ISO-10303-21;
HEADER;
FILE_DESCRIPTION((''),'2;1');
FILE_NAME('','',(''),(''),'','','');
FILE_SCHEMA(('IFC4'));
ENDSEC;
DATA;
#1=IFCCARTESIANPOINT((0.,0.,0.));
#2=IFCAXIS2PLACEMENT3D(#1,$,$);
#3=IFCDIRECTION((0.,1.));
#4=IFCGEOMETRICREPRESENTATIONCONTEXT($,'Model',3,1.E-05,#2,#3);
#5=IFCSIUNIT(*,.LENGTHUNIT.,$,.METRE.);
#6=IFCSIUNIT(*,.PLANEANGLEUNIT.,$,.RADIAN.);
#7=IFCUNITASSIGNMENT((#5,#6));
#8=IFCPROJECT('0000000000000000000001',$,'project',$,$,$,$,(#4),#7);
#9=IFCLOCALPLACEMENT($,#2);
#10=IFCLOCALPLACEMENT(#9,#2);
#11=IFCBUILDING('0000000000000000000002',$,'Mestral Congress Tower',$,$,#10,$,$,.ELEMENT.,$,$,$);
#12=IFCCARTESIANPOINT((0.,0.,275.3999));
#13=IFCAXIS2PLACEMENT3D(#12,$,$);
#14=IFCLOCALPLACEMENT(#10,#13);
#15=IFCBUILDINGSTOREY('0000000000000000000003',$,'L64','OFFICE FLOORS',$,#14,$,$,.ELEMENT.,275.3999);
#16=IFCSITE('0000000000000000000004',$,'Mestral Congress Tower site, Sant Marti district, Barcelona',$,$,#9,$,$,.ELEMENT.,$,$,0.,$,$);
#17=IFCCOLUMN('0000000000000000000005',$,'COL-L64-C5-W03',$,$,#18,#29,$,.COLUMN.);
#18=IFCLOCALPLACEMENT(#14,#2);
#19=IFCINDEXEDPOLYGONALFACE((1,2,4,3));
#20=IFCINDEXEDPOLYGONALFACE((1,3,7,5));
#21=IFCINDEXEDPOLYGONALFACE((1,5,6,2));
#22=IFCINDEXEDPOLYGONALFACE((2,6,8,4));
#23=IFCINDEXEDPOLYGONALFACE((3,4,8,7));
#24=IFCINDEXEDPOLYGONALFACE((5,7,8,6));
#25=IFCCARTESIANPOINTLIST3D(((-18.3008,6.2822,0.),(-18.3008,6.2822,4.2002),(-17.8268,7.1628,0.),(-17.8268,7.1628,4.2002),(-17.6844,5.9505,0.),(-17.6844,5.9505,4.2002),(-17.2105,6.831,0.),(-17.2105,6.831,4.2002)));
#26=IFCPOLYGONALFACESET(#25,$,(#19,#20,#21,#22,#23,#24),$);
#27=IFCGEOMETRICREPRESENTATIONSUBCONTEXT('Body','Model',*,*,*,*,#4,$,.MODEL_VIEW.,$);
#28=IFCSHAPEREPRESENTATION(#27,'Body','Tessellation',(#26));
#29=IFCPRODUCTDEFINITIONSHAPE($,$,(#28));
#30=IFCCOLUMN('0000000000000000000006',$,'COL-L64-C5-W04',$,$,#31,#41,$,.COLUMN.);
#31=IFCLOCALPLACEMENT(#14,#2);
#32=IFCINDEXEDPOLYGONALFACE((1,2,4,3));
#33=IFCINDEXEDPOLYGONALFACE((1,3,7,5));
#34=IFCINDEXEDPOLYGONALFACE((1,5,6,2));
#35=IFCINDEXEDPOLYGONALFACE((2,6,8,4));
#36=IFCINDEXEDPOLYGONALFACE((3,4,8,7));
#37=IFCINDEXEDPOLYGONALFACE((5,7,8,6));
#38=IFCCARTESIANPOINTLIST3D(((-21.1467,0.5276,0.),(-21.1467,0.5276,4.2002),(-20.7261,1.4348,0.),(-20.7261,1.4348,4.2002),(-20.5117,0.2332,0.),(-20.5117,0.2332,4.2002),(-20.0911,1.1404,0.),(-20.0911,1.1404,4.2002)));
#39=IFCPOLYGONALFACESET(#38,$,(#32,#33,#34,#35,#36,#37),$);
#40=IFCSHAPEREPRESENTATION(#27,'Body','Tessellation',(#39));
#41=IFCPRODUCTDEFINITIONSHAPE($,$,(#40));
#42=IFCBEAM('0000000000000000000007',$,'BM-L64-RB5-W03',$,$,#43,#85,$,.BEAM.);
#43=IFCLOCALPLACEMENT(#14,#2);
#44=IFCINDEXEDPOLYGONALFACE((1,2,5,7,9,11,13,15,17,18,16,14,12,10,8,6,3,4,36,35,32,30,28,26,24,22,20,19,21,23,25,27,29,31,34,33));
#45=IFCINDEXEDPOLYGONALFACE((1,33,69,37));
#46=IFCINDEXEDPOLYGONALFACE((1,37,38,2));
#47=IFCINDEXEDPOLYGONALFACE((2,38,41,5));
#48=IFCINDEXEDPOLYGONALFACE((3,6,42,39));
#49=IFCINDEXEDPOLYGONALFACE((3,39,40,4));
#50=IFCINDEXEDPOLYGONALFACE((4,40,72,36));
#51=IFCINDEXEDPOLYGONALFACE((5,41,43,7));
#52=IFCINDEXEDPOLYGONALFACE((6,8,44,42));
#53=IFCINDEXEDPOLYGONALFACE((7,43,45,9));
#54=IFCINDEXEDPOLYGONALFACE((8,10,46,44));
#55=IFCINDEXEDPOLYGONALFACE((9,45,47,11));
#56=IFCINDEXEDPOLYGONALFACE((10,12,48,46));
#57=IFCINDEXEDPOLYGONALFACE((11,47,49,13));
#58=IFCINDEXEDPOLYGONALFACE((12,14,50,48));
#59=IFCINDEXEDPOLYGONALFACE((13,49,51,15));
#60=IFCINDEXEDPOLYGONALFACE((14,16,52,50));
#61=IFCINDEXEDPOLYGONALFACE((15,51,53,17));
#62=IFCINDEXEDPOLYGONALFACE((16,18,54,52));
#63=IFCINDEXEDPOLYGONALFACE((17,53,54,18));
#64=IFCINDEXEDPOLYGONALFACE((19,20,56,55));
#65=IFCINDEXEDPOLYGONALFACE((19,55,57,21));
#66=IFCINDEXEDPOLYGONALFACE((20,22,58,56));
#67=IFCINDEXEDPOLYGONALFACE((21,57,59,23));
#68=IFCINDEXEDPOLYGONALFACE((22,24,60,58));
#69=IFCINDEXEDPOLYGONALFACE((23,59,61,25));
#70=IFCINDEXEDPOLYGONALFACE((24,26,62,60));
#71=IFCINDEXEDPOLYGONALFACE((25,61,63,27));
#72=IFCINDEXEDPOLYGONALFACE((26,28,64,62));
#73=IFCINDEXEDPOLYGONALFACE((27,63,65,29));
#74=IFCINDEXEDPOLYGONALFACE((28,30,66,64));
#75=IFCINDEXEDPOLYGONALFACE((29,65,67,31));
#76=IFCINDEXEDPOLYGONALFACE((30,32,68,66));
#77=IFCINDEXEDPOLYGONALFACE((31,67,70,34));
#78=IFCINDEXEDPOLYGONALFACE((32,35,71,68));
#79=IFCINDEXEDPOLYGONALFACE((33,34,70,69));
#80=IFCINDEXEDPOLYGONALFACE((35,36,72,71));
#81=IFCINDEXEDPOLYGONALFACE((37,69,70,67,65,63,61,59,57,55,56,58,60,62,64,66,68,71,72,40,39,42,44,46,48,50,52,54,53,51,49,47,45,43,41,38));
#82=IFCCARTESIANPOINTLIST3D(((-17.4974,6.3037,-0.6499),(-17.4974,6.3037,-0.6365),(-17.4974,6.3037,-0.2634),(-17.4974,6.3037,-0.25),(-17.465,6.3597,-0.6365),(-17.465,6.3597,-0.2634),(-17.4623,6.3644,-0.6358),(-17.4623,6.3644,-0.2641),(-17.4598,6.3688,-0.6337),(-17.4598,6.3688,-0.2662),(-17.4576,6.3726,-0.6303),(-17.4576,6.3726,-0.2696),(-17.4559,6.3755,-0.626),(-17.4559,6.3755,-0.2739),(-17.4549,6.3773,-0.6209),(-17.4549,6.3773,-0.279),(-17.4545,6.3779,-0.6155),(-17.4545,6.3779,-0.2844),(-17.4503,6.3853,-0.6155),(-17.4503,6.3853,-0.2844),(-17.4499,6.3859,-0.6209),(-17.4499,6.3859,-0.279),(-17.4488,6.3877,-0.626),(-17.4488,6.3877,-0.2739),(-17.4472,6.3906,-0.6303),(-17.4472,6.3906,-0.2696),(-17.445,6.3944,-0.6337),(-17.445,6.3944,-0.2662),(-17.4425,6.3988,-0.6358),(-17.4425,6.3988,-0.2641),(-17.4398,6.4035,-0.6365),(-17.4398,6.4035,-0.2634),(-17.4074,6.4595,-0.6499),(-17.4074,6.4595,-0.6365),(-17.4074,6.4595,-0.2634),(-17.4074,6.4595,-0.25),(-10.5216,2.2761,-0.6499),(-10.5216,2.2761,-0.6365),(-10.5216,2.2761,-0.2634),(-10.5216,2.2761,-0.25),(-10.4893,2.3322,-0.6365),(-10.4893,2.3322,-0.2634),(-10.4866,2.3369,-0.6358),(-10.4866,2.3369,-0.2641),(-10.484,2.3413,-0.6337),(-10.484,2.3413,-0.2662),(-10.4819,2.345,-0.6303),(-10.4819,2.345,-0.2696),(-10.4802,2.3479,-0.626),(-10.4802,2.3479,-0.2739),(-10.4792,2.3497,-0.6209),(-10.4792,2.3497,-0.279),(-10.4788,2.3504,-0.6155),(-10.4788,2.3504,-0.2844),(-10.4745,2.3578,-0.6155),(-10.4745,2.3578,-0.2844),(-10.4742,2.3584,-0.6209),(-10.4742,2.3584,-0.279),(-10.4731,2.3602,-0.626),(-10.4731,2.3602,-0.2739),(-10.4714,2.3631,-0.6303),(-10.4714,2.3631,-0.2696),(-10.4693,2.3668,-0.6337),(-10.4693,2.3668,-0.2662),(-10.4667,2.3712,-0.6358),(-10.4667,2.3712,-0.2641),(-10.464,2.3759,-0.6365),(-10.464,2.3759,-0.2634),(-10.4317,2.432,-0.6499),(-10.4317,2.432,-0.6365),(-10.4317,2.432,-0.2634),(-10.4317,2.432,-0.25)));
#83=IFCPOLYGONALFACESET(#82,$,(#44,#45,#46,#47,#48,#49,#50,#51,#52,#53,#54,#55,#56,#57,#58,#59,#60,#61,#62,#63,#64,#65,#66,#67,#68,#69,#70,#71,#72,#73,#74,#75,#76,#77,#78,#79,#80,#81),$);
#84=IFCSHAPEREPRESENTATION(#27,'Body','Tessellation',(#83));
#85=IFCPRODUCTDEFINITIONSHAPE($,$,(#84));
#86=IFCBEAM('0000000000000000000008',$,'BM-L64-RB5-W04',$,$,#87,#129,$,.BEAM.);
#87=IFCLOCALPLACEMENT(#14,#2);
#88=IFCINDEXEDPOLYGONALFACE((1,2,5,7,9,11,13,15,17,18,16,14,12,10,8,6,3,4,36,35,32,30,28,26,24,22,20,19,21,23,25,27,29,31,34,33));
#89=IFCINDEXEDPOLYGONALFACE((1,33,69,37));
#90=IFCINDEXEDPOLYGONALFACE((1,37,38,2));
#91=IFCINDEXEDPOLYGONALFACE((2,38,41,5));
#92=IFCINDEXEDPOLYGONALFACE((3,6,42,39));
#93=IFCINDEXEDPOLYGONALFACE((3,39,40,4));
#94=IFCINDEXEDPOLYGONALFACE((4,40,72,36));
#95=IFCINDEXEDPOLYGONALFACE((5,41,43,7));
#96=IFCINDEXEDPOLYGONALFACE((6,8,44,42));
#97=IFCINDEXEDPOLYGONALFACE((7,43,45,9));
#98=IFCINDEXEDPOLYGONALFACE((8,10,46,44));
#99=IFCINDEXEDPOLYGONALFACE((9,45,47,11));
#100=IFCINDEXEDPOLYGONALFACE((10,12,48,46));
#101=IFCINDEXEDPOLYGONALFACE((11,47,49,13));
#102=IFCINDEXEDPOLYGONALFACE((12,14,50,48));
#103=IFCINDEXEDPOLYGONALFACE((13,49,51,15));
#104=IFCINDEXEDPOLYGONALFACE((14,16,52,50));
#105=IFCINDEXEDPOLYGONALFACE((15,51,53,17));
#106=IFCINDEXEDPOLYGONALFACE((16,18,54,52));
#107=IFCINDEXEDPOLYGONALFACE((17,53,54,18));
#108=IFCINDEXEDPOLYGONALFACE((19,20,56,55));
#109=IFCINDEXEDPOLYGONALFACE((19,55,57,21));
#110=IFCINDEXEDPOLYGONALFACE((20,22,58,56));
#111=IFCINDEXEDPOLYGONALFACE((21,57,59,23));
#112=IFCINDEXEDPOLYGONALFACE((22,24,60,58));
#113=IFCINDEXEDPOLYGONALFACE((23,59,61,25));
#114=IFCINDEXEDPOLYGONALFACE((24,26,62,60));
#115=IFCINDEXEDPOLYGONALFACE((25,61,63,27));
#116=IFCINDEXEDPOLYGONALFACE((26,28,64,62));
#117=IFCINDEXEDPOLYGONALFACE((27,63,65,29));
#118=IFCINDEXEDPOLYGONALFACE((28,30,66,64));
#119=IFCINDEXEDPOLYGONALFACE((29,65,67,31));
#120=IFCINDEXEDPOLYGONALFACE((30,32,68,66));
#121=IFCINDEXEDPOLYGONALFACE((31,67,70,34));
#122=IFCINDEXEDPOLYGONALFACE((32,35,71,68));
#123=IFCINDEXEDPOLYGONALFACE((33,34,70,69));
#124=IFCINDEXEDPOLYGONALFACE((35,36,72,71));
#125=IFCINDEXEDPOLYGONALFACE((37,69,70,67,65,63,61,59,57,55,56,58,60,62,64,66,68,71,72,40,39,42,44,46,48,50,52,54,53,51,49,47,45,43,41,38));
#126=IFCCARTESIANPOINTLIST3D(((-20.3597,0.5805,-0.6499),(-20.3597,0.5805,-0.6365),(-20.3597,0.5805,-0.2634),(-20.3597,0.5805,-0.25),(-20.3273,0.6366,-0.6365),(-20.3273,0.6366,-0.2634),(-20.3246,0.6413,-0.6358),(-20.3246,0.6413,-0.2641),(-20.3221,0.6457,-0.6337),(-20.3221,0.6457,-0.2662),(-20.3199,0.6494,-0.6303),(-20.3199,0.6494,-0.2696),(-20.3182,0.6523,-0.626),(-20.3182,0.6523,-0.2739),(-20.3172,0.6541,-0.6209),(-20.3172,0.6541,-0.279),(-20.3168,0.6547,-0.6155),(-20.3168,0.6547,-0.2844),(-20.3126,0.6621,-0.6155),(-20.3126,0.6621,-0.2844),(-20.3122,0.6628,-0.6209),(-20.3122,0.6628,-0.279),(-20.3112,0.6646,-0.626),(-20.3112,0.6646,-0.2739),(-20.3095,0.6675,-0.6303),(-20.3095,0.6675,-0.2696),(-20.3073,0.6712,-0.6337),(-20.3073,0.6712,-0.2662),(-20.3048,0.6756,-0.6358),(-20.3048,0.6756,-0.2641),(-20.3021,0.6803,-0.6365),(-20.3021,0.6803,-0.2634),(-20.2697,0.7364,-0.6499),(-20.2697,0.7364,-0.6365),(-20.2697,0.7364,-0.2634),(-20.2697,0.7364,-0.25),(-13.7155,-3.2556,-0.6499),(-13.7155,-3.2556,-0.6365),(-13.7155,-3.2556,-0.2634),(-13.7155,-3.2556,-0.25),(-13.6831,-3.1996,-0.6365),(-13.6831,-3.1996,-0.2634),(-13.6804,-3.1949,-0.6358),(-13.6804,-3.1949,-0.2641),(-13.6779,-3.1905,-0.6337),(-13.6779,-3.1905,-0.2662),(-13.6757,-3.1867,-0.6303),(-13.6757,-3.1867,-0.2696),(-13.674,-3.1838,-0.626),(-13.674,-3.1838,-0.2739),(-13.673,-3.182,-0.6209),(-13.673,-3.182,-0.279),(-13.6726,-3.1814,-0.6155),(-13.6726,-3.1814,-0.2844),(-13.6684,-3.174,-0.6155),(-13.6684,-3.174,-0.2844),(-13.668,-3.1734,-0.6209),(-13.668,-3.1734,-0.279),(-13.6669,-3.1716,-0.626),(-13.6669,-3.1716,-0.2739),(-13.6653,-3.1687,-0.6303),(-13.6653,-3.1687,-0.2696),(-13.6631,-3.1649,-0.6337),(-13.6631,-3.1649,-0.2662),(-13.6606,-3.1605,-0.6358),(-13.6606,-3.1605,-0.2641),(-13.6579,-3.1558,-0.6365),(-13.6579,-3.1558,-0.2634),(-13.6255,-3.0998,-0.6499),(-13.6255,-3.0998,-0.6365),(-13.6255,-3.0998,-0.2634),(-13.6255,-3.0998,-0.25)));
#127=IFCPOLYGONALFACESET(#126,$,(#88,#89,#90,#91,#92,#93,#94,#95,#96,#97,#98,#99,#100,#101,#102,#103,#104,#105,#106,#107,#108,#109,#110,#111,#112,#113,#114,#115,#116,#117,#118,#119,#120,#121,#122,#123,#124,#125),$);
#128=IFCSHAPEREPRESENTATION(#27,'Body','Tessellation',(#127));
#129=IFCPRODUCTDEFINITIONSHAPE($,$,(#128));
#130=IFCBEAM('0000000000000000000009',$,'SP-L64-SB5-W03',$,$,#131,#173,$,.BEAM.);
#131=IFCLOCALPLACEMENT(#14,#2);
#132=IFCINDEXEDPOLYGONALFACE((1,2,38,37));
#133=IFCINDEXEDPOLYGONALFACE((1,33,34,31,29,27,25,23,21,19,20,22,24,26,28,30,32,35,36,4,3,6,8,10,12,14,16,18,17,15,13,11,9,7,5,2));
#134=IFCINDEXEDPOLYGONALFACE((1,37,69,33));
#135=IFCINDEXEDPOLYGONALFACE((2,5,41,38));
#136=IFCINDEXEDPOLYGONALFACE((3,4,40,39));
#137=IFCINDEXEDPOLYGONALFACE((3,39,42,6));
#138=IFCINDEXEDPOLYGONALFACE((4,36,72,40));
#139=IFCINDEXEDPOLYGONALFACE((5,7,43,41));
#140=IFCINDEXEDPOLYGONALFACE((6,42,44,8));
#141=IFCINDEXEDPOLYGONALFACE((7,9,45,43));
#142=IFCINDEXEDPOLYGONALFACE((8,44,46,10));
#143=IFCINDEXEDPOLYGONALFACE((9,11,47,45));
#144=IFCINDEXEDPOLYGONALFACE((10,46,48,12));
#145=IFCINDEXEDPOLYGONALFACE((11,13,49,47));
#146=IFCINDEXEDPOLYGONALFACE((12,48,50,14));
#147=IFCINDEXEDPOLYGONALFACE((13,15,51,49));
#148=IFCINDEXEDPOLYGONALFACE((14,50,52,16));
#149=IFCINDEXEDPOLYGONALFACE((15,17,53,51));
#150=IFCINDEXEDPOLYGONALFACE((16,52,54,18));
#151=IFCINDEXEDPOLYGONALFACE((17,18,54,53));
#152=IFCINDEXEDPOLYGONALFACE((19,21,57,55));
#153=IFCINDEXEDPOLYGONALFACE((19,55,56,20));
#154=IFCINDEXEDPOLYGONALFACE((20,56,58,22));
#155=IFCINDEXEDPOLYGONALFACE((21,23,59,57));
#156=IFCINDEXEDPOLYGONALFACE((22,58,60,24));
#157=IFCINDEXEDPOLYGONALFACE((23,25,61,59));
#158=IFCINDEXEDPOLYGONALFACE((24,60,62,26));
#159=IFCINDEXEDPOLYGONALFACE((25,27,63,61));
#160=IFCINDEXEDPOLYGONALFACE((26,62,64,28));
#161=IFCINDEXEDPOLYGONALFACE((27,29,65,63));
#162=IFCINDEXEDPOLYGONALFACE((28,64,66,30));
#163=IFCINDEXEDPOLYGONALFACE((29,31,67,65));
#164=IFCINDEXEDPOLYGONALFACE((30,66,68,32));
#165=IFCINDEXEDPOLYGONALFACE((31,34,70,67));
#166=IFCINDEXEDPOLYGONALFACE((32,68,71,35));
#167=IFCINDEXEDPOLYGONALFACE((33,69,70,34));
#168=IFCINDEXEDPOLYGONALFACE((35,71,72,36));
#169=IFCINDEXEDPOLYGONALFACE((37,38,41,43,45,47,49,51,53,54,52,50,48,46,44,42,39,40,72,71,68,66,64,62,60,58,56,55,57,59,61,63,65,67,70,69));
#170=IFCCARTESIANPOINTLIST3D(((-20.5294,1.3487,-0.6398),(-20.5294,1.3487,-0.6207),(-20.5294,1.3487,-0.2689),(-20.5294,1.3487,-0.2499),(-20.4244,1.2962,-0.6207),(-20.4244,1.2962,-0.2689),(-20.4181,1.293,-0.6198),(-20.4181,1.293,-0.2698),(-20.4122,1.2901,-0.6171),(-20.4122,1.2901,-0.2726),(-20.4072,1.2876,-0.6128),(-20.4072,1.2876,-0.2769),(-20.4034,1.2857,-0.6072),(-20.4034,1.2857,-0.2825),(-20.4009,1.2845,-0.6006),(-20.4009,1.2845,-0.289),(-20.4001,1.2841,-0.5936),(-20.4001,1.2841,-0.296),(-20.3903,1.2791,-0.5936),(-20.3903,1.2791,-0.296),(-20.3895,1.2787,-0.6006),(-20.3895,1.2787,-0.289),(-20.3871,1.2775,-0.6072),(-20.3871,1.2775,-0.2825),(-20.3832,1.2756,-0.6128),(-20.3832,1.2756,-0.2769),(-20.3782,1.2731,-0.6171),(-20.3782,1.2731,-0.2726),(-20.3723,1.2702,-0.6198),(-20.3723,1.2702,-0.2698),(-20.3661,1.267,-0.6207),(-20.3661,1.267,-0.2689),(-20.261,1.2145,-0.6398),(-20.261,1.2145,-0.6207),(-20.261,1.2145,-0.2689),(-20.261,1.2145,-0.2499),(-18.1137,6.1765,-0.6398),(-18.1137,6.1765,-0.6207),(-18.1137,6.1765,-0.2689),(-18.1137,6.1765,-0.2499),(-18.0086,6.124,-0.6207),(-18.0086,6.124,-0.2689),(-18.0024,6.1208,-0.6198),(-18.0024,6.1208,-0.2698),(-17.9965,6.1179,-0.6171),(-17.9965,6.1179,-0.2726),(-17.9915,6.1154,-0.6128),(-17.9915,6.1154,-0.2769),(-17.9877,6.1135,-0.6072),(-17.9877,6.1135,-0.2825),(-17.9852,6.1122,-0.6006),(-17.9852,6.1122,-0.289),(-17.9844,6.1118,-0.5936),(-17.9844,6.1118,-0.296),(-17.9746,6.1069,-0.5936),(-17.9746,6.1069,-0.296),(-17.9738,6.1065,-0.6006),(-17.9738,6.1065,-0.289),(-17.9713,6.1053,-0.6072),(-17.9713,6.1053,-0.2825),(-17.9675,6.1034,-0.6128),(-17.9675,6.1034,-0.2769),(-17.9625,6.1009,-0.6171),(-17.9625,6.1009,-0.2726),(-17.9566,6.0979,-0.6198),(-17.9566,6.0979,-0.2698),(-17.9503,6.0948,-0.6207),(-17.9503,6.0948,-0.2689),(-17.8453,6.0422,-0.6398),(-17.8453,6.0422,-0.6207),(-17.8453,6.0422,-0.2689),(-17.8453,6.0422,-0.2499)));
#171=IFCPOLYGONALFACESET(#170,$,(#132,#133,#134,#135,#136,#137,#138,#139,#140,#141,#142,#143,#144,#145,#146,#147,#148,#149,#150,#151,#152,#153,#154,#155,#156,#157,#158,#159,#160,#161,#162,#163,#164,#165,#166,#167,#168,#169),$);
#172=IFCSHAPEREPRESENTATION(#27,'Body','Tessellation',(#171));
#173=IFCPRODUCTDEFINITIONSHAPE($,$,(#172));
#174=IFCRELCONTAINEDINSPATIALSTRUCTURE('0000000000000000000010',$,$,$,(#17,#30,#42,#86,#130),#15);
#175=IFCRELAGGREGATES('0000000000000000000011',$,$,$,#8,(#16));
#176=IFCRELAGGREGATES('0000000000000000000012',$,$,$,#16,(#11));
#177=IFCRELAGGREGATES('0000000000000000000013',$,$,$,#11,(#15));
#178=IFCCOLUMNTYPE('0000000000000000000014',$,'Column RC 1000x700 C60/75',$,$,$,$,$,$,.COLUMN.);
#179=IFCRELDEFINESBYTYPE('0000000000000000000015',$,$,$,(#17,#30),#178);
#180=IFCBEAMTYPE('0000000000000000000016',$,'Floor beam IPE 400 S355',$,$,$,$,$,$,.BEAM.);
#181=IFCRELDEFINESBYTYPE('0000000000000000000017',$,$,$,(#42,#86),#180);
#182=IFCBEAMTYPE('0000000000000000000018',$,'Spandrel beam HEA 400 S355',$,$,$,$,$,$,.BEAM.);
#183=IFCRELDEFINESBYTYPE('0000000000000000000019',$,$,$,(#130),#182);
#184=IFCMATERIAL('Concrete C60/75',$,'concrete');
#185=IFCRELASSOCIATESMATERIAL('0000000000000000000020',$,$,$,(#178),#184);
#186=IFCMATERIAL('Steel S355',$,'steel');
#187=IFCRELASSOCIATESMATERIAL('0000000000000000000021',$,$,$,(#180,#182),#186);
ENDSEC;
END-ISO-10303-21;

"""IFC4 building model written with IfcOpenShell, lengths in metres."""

from ifc_helpers import new_model, si_unit, direction, frame, origin, origin_2d, place, context, subcontext, project, spatial, rectangle, i_section, extrude, material, material_profile, profile_set, type_object, element, save


model = new_model("IFC4")

# Units and contexts
model_context = context("Model", 3, precision=1e-05, world=origin(), true_north=direction((0.0, 1.0)))
body_context = subcontext(model_context, "Body", "Model", "MODEL_VIEW")
ifc_project = project(units=[si_unit("LENGTHUNIT", "METRE"), si_unit("PLANEANGLEUNIT", "RADIAN")], contexts=[model_context])

# Site, building, storey
site_placement = place(None, origin())
site = spatial("IfcSite", under=ifc_project, at=site_placement, Name="Mestral Congress Tower site, Sant Marti district, Barcelona", CompositionType="ELEMENT", RefElevation=0.0)
building_placement = place(site_placement, origin())
building = spatial("IfcBuilding", under=site, at=building_placement, Name="Mestral Congress Tower", CompositionType="ELEMENT")
storey_placement = place(building_placement, frame((0.0, 0.0, 275.3999)))
storey = spatial("IfcBuildingStorey", under=building, at=storey_placement, Name="L64", Description="OFFICE FLOORS", CompositionType="ELEMENT", Elevation=275.3999)

# Columns
ifc_material_1 = material(Name="Concrete C60/75", Category="concrete")
ifc_material_profile_1 = material_profile(ifc_material_1, rectangle(XDim=1.0, YDim=0.7, at=origin_2d()), Name="RC 1000x700")
ifc_profile_set_1 = profile_set([ifc_material_profile_1], Name="Concrete C60/75")
column_type = type_object("IfcColumnType", Name="Column RC 1000x700 C60/75", PredefinedType="COLUMN", material=ifc_profile_set_1)
for number, where, z_axis, x_axis, name in (
    (1, (-17.7556, 6.5566, 0.0), (0.0, 0.0, 1.0), (-0.473945, -0.880554, 0.0), "COL-L64-C5-W03"),
    (2, (-20.6189, 0.834, 0.0), (0.0, 0.0, 1.0), (-0.420596, -0.907248, 0.0), "COL-L64-C5-W04"),
):
    element("IfcColumn", number, at=place(storey_placement, frame(where, z_axis=z_axis, x_axis=x_axis)), inside=storey, type_object=column_type, Name=name, PredefinedType="COLUMN", context=body_context, shape_type="SweptSolid", body=[
        extrude(rectangle(XDim=1.0, YDim=0.7, at=origin_2d()), origin(), (0.0, 0.0, 1.0), 4.2002),
    ])

# Beams
ifc_material_2 = material(Name="Steel S355", Category="steel")
ifc_material_profile_2 = material_profile(ifc_material_2, i_section(OverallWidth=0.1799, OverallDepth=0.3999, WebThickness=0.0085, FlangeThickness=0.0134, FilletRadius=0.021, at=origin_2d()), Name="IPE 400")
ifc_profile_set_2 = profile_set([ifc_material_profile_2], Name="Steel S355")
beam_type_1 = type_object("IfcBeamType", Name="Floor beam IPE 400 S355", PredefinedType="BEAM", material=ifc_profile_set_2)
beam_1_placement = place(storey_placement, frame((-17.4524, 6.3816, -0.45), z_axis=(0.866021, -0.500008, 0.0), x_axis=(0.500008, 0.866021, 0.0)))
element("IfcBeam", 3, at=beam_1_placement, inside=storey, type_object=beam_type_1, Name="BM-L64-RB5-W03", PredefinedType="BEAM", context=body_context, shape_type="SweptSolid", body=[
    extrude(i_section(OverallWidth=0.1799, OverallDepth=0.3999, WebThickness=0.0085, FlangeThickness=0.0134, FilletRadius=0.021, at=origin_2d()), origin(), (0.0, 0.0, 1.0), 8.0549),
])
beam_2_placement = place(storey_placement, frame((-20.3147, 0.6584, -0.45), z_axis=(0.86602, -0.50001, 0.0), x_axis=(0.50001, 0.86602, 0.0)))
element("IfcBeam", 4, at=beam_2_placement, inside=storey, type_object=beam_type_1, Name="BM-L64-RB5-W04", PredefinedType="BEAM", context=body_context, shape_type="SweptSolid", body=[
    extrude(i_section(OverallWidth=0.1799, OverallDepth=0.3999, WebThickness=0.0085, FlangeThickness=0.0134, FilletRadius=0.021, at=origin_2d()), origin(), (0.0, 0.0, 1.0), 7.6721),
])
ifc_material_profile_3 = material_profile(ifc_material_2, i_section(OverallWidth=0.3, OverallDepth=0.3899, WebThickness=0.011, FlangeThickness=0.019, FilletRadius=0.0271, at=origin_2d()), Name="HEA 400")
ifc_profile_set_3 = profile_set([ifc_material_profile_3], Name="Steel S355")
beam_type_2 = type_object("IfcBeamType", Name="Spandrel beam HEA 400 S355", PredefinedType="BEAM", material=ifc_profile_set_3)
beam_3_placement = place(storey_placement, frame((-17.9795, 6.1094, -0.4448), z_axis=(-0.447485, -0.894291, 0.0), x_axis=(0.894291, -0.447485, 0.0)))
element("IfcBeam", 5, at=beam_3_placement, inside=storey, type_object=beam_type_2, Name="SP-L64-SB5-W03", PredefinedType="BEAM", context=body_context, shape_type="SweptSolid", body=[
    extrude(i_section(OverallWidth=0.3, OverallDepth=0.3899, WebThickness=0.011, FlangeThickness=0.019, FilletRadius=0.0271, at=origin_2d()), origin(), (0.0, 0.0, 1.0), 5.3984),
])

save(model, "model.ifc")
